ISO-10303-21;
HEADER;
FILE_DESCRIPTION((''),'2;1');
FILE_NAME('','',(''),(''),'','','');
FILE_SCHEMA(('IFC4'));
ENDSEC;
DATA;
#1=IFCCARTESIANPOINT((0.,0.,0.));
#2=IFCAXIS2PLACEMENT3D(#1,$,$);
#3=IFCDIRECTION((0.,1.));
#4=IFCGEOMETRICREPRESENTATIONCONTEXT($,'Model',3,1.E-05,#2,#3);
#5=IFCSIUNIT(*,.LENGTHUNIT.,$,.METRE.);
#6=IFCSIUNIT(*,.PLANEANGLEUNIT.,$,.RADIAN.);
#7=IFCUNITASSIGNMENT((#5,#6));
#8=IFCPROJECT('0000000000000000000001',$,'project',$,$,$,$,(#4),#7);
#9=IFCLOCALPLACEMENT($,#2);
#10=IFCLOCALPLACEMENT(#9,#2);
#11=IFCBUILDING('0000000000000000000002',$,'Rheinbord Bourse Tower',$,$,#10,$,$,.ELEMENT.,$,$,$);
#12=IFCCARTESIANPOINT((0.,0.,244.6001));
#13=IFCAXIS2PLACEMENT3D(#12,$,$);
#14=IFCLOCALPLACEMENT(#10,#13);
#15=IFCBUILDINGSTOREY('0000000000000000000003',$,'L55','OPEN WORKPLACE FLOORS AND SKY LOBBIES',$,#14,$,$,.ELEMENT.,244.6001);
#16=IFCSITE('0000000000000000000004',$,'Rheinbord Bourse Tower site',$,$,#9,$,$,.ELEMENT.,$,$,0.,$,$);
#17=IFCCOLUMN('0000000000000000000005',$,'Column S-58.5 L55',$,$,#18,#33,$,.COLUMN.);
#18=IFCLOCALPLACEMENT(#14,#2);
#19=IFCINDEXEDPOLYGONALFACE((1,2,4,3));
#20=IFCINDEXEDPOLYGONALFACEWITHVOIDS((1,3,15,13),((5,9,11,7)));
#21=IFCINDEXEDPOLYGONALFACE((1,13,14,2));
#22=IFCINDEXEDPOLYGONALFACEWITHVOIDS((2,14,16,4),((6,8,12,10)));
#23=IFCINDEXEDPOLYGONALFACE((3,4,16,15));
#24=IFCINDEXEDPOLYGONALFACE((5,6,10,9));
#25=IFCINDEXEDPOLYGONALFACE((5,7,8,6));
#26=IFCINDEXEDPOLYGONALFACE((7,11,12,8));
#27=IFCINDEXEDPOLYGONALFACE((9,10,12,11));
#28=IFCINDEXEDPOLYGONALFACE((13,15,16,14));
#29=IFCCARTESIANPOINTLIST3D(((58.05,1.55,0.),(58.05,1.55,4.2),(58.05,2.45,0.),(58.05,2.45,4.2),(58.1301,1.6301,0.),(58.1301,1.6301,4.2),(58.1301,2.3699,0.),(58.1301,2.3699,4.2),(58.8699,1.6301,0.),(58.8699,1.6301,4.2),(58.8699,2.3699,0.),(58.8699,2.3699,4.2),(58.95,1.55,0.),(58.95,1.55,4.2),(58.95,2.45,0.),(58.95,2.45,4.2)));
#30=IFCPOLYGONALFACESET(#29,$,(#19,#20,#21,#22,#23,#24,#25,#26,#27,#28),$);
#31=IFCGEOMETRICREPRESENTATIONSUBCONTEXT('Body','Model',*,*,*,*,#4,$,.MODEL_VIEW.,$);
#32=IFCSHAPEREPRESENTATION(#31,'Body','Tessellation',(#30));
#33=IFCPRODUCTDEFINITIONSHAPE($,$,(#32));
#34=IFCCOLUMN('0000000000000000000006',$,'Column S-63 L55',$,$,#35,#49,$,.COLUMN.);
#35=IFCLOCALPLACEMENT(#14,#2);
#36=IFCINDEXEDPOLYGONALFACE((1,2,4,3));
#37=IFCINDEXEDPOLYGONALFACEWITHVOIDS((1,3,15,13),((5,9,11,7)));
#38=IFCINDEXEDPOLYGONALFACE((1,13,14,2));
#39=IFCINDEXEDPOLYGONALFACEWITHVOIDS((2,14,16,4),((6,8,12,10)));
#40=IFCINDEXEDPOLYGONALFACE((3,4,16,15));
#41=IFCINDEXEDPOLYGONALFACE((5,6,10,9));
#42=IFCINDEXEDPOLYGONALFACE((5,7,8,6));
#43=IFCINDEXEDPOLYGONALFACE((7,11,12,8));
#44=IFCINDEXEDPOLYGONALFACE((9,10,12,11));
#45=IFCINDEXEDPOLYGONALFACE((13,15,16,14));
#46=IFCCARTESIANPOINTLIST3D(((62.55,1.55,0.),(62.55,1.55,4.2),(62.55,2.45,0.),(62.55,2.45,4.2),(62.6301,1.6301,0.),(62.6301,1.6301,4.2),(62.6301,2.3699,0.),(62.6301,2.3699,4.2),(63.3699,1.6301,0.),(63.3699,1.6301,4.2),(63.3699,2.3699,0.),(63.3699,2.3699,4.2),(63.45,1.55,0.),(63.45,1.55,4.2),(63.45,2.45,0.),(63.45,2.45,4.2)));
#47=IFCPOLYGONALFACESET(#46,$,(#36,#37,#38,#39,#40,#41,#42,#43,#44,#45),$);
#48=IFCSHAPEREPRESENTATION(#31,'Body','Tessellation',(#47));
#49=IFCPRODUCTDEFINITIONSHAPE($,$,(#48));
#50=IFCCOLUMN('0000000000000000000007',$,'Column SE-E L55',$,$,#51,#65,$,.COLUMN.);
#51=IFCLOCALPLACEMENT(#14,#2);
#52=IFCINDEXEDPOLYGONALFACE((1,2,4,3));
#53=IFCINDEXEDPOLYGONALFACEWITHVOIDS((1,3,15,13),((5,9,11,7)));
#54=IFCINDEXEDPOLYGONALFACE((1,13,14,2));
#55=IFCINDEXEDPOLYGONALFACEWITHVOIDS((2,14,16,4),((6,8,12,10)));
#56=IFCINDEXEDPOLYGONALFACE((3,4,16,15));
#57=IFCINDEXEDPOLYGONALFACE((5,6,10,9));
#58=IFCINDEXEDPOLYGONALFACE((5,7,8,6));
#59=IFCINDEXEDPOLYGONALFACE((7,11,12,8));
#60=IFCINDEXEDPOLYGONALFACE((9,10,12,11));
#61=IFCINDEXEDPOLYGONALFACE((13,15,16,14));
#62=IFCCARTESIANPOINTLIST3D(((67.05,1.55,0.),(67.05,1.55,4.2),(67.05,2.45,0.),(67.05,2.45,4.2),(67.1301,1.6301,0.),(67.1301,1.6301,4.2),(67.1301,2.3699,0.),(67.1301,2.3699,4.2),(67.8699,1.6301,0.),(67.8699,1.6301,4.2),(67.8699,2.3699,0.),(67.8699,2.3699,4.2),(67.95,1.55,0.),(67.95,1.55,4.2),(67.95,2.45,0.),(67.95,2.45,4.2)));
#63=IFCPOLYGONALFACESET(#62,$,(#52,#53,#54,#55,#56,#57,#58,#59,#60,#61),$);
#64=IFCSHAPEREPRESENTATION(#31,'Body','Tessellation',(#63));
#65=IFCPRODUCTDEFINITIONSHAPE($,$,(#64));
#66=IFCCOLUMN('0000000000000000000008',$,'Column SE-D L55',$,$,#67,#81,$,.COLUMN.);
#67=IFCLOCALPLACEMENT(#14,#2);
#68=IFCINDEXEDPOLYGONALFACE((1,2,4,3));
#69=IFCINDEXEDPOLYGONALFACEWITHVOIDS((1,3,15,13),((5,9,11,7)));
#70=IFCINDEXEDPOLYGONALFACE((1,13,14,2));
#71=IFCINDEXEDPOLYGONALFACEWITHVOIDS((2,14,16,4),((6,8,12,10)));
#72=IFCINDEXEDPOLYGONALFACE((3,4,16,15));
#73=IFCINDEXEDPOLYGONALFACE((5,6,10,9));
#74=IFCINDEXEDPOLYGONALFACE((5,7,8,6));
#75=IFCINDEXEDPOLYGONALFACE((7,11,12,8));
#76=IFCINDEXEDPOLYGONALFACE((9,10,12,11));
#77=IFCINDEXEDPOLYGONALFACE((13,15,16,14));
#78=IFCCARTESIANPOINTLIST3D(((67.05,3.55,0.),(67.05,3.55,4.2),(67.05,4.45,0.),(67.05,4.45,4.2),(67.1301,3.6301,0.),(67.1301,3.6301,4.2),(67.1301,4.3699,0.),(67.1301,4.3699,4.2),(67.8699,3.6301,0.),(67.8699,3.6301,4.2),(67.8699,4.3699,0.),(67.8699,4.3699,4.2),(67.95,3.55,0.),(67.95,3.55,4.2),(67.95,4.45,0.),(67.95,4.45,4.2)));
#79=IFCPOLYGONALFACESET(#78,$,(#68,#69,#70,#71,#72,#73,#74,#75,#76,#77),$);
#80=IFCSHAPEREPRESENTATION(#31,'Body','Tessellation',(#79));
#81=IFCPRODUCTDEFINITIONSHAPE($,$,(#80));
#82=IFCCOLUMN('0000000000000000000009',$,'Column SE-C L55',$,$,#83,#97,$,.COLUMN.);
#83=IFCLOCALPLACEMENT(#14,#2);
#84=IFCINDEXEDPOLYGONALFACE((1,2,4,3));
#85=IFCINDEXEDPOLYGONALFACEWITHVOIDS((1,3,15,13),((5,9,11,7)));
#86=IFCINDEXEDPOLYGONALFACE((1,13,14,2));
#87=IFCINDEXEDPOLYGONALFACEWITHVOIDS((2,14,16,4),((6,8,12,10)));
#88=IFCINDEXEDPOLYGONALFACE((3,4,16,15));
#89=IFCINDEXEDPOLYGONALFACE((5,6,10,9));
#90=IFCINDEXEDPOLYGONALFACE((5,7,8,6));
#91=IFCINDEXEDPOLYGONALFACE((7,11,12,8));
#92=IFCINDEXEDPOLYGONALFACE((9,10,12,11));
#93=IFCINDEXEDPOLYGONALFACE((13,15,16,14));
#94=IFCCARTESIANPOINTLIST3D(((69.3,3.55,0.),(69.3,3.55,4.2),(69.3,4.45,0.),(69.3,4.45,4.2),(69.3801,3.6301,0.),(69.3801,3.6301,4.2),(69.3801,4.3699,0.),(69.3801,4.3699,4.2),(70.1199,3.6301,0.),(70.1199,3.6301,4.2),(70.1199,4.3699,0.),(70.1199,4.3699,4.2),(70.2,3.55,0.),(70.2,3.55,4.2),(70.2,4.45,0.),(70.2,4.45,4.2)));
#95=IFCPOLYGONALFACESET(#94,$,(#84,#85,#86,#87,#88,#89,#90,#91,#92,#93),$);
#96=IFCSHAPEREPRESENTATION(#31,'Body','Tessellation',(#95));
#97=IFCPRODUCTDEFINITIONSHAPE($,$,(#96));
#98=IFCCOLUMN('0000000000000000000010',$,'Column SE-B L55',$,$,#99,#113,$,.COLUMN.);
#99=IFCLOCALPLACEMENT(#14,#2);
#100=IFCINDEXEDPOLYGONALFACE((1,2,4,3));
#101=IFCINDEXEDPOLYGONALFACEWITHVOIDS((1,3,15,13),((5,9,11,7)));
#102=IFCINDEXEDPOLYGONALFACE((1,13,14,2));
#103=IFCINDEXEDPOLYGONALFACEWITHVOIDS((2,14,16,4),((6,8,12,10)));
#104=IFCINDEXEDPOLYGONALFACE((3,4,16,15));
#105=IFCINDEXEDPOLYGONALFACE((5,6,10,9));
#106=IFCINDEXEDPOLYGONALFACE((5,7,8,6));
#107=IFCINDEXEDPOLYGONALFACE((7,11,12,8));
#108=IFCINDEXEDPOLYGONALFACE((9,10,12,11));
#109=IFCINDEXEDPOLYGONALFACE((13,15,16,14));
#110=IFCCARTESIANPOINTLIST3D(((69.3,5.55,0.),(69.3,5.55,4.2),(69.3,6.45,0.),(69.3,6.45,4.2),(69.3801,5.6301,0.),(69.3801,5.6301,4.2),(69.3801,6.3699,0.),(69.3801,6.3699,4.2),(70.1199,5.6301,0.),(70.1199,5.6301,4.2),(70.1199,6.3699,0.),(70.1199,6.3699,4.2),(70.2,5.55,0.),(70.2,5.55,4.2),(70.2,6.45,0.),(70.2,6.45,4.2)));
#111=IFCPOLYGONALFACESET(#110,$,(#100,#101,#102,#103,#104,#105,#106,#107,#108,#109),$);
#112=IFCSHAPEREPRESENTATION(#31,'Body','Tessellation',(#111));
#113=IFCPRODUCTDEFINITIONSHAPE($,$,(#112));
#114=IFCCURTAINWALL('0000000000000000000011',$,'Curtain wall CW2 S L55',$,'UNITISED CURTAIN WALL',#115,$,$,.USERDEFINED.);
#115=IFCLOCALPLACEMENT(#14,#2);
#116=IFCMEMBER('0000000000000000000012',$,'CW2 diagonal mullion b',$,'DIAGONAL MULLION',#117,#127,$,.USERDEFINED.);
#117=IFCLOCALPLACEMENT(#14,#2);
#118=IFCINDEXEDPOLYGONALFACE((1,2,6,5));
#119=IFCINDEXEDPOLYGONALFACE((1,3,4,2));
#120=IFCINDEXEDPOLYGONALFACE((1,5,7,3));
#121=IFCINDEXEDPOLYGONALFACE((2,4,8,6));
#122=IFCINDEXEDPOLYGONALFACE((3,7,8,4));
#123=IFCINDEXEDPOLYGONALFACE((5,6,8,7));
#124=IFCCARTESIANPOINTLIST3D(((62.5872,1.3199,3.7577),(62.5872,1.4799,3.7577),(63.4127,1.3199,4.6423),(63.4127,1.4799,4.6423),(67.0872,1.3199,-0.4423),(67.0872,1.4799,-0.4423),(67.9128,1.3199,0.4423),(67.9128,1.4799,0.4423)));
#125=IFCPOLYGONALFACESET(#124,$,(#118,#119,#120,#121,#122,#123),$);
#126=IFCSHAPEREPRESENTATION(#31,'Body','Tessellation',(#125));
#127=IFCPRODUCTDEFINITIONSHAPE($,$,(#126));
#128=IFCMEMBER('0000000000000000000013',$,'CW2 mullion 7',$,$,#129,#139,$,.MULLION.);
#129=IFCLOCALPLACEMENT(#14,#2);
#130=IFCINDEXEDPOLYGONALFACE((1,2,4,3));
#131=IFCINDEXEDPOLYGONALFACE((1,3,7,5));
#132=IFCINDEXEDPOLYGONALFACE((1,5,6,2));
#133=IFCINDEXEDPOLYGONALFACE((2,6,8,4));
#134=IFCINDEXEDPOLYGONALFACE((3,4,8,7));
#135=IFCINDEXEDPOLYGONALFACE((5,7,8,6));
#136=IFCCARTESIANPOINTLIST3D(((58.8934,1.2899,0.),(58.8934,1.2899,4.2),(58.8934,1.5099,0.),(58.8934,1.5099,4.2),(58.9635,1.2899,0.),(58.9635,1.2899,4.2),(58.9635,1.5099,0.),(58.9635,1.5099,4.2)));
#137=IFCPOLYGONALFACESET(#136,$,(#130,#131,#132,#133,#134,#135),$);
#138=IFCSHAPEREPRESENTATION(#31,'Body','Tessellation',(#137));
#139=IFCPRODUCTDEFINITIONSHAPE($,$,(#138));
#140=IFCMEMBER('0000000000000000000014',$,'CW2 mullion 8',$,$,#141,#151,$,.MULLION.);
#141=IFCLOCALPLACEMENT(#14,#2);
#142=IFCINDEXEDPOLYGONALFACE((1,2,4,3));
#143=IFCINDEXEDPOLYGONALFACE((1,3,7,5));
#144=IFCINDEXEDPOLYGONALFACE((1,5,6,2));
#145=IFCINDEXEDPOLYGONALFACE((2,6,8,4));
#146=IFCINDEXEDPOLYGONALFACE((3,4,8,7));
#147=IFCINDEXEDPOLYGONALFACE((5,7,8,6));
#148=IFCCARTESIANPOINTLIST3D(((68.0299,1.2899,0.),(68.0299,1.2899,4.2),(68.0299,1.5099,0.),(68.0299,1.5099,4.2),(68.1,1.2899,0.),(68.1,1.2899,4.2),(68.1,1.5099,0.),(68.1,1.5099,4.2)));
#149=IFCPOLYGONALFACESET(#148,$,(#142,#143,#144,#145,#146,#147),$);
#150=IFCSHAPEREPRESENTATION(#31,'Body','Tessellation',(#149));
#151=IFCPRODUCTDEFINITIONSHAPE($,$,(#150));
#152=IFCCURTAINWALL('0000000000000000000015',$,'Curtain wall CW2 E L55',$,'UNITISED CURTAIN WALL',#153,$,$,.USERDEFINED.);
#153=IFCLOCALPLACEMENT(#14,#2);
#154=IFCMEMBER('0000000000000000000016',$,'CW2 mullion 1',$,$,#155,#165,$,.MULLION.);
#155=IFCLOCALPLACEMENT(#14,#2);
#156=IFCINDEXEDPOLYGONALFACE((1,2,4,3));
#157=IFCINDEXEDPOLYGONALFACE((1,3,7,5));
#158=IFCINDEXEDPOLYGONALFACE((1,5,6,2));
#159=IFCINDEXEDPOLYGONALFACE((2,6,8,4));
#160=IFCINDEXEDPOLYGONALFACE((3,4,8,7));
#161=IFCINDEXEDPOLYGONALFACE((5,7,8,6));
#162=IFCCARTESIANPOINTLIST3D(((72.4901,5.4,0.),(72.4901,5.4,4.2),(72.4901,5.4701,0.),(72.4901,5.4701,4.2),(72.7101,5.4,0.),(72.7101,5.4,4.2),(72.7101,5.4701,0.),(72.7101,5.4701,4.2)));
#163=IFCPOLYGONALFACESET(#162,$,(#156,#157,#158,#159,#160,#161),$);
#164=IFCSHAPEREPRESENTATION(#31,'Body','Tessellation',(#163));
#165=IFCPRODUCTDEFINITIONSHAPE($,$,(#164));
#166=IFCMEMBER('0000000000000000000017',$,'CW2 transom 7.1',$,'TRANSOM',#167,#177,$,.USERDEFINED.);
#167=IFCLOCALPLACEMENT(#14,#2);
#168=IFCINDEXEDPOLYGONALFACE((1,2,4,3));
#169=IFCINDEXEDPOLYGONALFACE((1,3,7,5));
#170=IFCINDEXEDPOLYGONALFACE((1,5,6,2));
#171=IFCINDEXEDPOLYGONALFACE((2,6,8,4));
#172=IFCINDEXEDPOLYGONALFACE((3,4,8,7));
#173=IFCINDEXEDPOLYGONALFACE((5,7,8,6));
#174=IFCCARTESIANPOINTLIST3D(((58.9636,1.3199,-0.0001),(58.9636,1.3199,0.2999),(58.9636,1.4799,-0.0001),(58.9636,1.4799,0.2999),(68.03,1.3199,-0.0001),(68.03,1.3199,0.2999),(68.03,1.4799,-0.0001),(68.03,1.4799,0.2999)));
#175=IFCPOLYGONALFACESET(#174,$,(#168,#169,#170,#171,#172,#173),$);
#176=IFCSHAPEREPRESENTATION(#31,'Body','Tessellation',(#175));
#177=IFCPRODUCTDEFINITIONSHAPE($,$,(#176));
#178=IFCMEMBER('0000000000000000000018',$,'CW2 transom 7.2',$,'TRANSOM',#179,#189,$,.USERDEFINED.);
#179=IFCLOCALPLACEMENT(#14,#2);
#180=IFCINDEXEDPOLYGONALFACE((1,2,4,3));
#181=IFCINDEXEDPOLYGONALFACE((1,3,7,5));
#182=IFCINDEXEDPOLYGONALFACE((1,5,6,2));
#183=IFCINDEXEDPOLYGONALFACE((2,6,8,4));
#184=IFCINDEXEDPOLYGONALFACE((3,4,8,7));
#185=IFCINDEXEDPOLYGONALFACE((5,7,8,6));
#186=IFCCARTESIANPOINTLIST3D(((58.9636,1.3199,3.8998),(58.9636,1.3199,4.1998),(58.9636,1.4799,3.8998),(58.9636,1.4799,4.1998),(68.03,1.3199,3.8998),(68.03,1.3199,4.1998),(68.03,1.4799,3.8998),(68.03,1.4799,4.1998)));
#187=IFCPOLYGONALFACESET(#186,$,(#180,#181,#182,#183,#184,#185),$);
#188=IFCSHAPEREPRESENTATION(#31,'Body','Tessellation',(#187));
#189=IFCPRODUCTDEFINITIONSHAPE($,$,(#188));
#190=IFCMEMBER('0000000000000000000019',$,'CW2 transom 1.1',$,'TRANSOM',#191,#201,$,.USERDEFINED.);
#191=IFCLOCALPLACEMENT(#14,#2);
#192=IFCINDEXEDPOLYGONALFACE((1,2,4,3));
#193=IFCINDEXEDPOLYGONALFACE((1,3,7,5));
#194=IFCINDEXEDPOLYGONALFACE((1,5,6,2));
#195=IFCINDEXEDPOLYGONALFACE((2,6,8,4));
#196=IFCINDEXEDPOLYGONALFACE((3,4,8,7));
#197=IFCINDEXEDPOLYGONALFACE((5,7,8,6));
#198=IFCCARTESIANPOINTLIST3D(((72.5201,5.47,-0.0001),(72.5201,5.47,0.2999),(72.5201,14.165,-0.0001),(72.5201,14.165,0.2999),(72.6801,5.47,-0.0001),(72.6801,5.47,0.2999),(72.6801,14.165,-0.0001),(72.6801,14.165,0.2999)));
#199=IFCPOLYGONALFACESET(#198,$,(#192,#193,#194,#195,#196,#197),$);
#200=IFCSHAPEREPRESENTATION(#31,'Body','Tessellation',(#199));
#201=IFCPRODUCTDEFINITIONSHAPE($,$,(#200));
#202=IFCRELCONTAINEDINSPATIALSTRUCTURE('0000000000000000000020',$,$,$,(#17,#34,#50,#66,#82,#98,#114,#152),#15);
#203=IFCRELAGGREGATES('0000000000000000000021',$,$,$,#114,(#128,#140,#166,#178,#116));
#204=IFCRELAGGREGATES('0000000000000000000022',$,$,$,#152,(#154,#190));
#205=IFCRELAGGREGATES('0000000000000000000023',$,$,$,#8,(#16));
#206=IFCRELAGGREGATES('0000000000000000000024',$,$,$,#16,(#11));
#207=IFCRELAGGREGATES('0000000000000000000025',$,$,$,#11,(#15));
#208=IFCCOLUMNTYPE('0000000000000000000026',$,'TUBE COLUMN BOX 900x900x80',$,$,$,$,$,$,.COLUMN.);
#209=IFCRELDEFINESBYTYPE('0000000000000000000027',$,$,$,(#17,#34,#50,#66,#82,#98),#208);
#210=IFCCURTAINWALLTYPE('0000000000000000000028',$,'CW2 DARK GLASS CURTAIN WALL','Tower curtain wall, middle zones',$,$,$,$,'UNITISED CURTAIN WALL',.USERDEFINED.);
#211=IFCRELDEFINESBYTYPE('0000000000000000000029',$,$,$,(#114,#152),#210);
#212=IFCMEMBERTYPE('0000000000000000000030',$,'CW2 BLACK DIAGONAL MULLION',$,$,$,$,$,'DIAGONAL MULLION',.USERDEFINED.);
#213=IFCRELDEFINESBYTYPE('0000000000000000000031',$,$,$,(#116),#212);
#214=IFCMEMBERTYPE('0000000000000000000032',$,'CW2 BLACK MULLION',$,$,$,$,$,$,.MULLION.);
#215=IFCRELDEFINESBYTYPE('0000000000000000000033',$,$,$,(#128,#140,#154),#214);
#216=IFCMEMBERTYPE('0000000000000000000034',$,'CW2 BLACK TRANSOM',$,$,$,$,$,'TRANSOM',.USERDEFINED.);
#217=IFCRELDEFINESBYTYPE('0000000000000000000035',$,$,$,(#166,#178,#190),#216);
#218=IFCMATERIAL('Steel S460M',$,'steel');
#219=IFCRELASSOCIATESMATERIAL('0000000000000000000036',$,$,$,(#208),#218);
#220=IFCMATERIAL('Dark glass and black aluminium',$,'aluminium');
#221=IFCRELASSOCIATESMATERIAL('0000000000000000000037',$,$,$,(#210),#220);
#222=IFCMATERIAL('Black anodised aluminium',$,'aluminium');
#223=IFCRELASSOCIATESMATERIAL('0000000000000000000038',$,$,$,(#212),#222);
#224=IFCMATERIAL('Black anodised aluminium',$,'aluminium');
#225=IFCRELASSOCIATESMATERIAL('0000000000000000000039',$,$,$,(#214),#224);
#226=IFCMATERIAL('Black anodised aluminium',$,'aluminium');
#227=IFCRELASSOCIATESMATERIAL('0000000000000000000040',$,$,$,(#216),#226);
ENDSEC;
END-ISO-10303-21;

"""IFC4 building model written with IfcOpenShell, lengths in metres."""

from ifc_helpers import new_model, si_unit, direction, frame, origin, origin_2d, place, context, subcontext, project, spatial, rectangle, hollow_rectangle, extrude, material, material_profile, profile_set, type_object, element, aggregate, save


model = new_model("IFC4")

# Units and contexts
model_context = context("Model", 3, precision=1e-05, world=origin(), true_north=direction((0.0, 1.0)))
body_context = subcontext(model_context, "Body", "Model", "MODEL_VIEW")
ifc_project = project(units=[si_unit("LENGTHUNIT", "METRE"), si_unit("PLANEANGLEUNIT", "RADIAN")], contexts=[model_context])

# Site, building, storey
site_placement = place(None, origin())
site = spatial("IfcSite", under=ifc_project, at=site_placement, Name="Rheinbord Bourse Tower site", CompositionType="ELEMENT", RefElevation=0.0)
building_placement = place(site_placement, origin())
building = spatial("IfcBuilding", under=site, at=building_placement, Name="Rheinbord Bourse Tower", CompositionType="ELEMENT")
storey_placement = place(building_placement, frame((0.0, 0.0, 244.6001)))
storey = spatial("IfcBuildingStorey", under=building, at=storey_placement, Name="L55", Description="OPEN WORKPLACE FLOORS AND SKY LOBBIES", CompositionType="ELEMENT", Elevation=244.6001)

# Columns
ifc_material_1 = material(Name="Steel S460M", Category="steel")
ifc_material_profile_1 = material_profile(ifc_material_1, hollow_rectangle(XDim=0.8999, YDim=0.8999, WallThickness=0.0801, at=origin_2d()), Name="BOX 900x900x80")
ifc_profile_set_1 = profile_set([ifc_material_profile_1], Name="Steel S460M")
column_type = type_object("IfcColumnType", Name="TUBE COLUMN BOX 900x900x80", PredefinedType="COLUMN", material=ifc_profile_set_1)
for number, where, z_axis, x_axis, name in (
    (1, (58.5, 2.0, 0.0), (0.0, 0.0, 1.0), (0.0, 1.0, 0.0), "Column S-58.5 L55"),
    (2, (63.0, 2.0, 0.0), (0.0, 0.0, 1.0), (0.0, 1.0, 0.0), "Column S-63 L55"),
    (3, (67.5, 2.0, 0.0), (0.0, 0.0, 1.0), (0.0, 1.0, 0.0), "Column SE-E L55"),
    (4, (67.5, 4.0, 0.0), (0.0, 0.0, 1.0), (0.0, 1.0, 0.0), "Column SE-D L55"),
    (5, (69.75, 4.0, 0.0), (0.0, 0.0, 1.0), (1.0, 0.0, 0.0), "Column SE-C L55"),
    (6, (69.75, 6.0, 0.0), (0.0, 0.0, 1.0), (1.0, 0.0, 0.0), "Column SE-B L55"),
):
    element("IfcColumn", number, at=place(storey_placement, frame(where, z_axis=z_axis, x_axis=x_axis)), inside=storey, type_object=column_type, Name=name, PredefinedType="COLUMN", context=body_context, shape_type="SweptSolid", body=[
        extrude(hollow_rectangle(XDim=0.8999, YDim=0.8999, WallThickness=0.0801, at=origin_2d()), origin(), (0.0, 0.0, 1.0), 4.2),
    ])

# Curtain wall, members
ifc_material_2 = material(Name="Dark glass and black aluminium", Category="aluminium")
curtain_wall_type = type_object("IfcCurtainWallType", Name="CW2 DARK GLASS CURTAIN WALL", Description="Tower curtain wall, middle zones", ElementType="UNITISED CURTAIN WALL", PredefinedType="USERDEFINED", material=ifc_material_2)
curtain_wall_1_placement = place(storey_placement, origin())
curtain_wall_1 = element("IfcCurtainWall", 7, at=curtain_wall_1_placement, inside=storey, type_object=curtain_wall_type, Name="Curtain wall CW2 S L55", ObjectType="UNITISED CURTAIN WALL", PredefinedType="USERDEFINED")
ifc_material_3 = material(Name="Black anodised aluminium", Category="aluminium")
ifc_material_profile_2 = material_profile(ifc_material_3, rectangle(XDim=0.1599, YDim=1.21, at=origin_2d()), Name="CW2 DIAGONAL MULLION 1210x160")
ifc_profile_set_2 = profile_set([ifc_material_profile_2], Name="Black anodised aluminium")
member_type_1 = type_object("IfcMemberType", Name="CW2 BLACK DIAGONAL MULLION", ElementType="DIAGONAL MULLION", PredefinedType="USERDEFINED", material=ifc_profile_set_2)
member_1_placement = place(storey_placement, frame((67.5, 1.3999, 0.0), z_axis=(-0.731059, 0.0, 0.682314), x_axis=(0.0, -1.0, 0.0)))
member_1 = element("IfcMember", 8, at=member_1_placement, type_object=member_type_1, Name="CW2 diagonal mullion b", ObjectType="DIAGONAL MULLION", PredefinedType="USERDEFINED", context=body_context, shape_type="SweptSolid", body=[
    extrude(rectangle(XDim=0.1599, YDim=1.21, at=origin_2d()), origin(), (0.0, 0.0, 1.0), 6.1555),
])
ifc_material_4 = material(Name="Black anodised aluminium", Category="aluminium")
ifc_material_profile_3 = material_profile(ifc_material_4, rectangle(XDim=0.22, YDim=0.0701, at=origin_2d()), Name="CW2 MULLION 70x220")
ifc_profile_set_3 = profile_set([ifc_material_profile_3], Name="Black anodised aluminium")
member_type_2 = type_object("IfcMemberType", Name="CW2 BLACK MULLION", PredefinedType="MULLION", material=ifc_profile_set_3)
member_2_placement = place(storey_placement, frame((58.9285, 1.3999, 0.0), z_axis=(0.0, 0.0, 1.0), x_axis=(0.0, 1.0, 0.0)))
member_2 = element("IfcMember", 9, at=member_2_placement, type_object=member_type_2, Name="CW2 mullion 7", PredefinedType="MULLION", context=body_context, shape_type="SweptSolid", body=[
    extrude(rectangle(XDim=0.22, YDim=0.0701, at=origin_2d()), origin(), (0.0, 0.0, 1.0), 4.2),
])
member_3_placement = place(storey_placement, frame((68.0649, 1.3999, 0.0), z_axis=(0.0, 0.0, 1.0), x_axis=(0.0, 1.0, 0.0)))
member_3 = element("IfcMember", 10, at=member_3_placement, type_object=member_type_2, Name="CW2 mullion 8", PredefinedType="MULLION", context=body_context, shape_type="SweptSolid", body=[
    extrude(rectangle(XDim=0.22, YDim=0.0701, at=origin_2d()), origin(), (0.0, 0.0, 1.0), 4.2),
])

# Curtain wall, member
curtain_wall_2_placement = place(storey_placement, origin())
curtain_wall_2 = element("IfcCurtainWall", 11, at=curtain_wall_2_placement, inside=storey, type_object=curtain_wall_type, Name="Curtain wall CW2 E L55", ObjectType="UNITISED CURTAIN WALL", PredefinedType="USERDEFINED")
member_4_placement = place(storey_placement, frame((72.6001, 5.4351, 0.0), z_axis=(0.0, 0.0, 1.0), x_axis=(-1.0, 0.0, 0.0)))
member_4 = element("IfcMember", 12, at=member_4_placement, type_object=member_type_2, Name="CW2 mullion 1", PredefinedType="MULLION", context=body_context, shape_type="SweptSolid", body=[
    extrude(rectangle(XDim=0.22, YDim=0.0701, at=origin_2d()), origin(), (0.0, 0.0, 1.0), 4.2),
])

# Members
ifc_material_5 = material(Name="Black anodised aluminium", Category="aluminium")
ifc_material_profile_4 = material_profile(ifc_material_5, rectangle(XDim=0.1599, YDim=0.3, at=origin_2d()), Name="CW2 TRANSOM 300x160")
ifc_profile_set_4 = profile_set([ifc_material_profile_4], Name="Black anodised aluminium")
member_type_3 = type_object("IfcMemberType", Name="CW2 BLACK TRANSOM", ElementType="TRANSOM", PredefinedType="USERDEFINED", material=ifc_profile_set_4)
member_5_placement = place(storey_placement, frame((58.9636, 1.3999, 0.1499), z_axis=(1.0, 0.0, 0.0), x_axis=(0.0, 1.0, 0.0)))
member_5 = element("IfcMember", 13, at=member_5_placement, type_object=member_type_3, Name="CW2 transom 7.1", ObjectType="TRANSOM", PredefinedType="USERDEFINED", context=body_context, shape_type="SweptSolid", body=[
    extrude(rectangle(XDim=0.1599, YDim=0.3, at=origin_2d()), origin(), (0.0, 0.0, 1.0), 9.0664),
])
member_6_placement = place(storey_placement, frame((58.9636, 1.3999, 4.0498), z_axis=(1.0, 0.0, 0.0), x_axis=(0.0, 1.0, 0.0)))
member_6 = element("IfcMember", 14, at=member_6_placement, type_object=member_type_3, Name="CW2 transom 7.2", ObjectType="TRANSOM", PredefinedType="USERDEFINED", context=body_context, shape_type="SweptSolid", body=[
    extrude(rectangle(XDim=0.1599, YDim=0.3, at=origin_2d()), origin(), (0.0, 0.0, 1.0), 9.0664),
])
member_7_placement = place(storey_placement, frame((72.6001, 5.47, 0.1499), z_axis=(0.0, 1.0, 0.0), x_axis=(-1.0, 0.0, 0.0)))
member_7 = element("IfcMember", 15, at=member_7_placement, type_object=member_type_3, Name="CW2 transom 1.1", ObjectType="TRANSOM", PredefinedType="USERDEFINED", context=body_context, shape_type="SweptSolid", body=[
    extrude(rectangle(XDim=0.1599, YDim=0.3, at=origin_2d()), origin(), (0.0, 0.0, 1.0), 8.6951),
])

aggregate(curtain_wall_1, [member_2, member_3, member_5, member_6, member_1])
aggregate(curtain_wall_2, [member_4, member_7])

save(model, "model.ifc")
